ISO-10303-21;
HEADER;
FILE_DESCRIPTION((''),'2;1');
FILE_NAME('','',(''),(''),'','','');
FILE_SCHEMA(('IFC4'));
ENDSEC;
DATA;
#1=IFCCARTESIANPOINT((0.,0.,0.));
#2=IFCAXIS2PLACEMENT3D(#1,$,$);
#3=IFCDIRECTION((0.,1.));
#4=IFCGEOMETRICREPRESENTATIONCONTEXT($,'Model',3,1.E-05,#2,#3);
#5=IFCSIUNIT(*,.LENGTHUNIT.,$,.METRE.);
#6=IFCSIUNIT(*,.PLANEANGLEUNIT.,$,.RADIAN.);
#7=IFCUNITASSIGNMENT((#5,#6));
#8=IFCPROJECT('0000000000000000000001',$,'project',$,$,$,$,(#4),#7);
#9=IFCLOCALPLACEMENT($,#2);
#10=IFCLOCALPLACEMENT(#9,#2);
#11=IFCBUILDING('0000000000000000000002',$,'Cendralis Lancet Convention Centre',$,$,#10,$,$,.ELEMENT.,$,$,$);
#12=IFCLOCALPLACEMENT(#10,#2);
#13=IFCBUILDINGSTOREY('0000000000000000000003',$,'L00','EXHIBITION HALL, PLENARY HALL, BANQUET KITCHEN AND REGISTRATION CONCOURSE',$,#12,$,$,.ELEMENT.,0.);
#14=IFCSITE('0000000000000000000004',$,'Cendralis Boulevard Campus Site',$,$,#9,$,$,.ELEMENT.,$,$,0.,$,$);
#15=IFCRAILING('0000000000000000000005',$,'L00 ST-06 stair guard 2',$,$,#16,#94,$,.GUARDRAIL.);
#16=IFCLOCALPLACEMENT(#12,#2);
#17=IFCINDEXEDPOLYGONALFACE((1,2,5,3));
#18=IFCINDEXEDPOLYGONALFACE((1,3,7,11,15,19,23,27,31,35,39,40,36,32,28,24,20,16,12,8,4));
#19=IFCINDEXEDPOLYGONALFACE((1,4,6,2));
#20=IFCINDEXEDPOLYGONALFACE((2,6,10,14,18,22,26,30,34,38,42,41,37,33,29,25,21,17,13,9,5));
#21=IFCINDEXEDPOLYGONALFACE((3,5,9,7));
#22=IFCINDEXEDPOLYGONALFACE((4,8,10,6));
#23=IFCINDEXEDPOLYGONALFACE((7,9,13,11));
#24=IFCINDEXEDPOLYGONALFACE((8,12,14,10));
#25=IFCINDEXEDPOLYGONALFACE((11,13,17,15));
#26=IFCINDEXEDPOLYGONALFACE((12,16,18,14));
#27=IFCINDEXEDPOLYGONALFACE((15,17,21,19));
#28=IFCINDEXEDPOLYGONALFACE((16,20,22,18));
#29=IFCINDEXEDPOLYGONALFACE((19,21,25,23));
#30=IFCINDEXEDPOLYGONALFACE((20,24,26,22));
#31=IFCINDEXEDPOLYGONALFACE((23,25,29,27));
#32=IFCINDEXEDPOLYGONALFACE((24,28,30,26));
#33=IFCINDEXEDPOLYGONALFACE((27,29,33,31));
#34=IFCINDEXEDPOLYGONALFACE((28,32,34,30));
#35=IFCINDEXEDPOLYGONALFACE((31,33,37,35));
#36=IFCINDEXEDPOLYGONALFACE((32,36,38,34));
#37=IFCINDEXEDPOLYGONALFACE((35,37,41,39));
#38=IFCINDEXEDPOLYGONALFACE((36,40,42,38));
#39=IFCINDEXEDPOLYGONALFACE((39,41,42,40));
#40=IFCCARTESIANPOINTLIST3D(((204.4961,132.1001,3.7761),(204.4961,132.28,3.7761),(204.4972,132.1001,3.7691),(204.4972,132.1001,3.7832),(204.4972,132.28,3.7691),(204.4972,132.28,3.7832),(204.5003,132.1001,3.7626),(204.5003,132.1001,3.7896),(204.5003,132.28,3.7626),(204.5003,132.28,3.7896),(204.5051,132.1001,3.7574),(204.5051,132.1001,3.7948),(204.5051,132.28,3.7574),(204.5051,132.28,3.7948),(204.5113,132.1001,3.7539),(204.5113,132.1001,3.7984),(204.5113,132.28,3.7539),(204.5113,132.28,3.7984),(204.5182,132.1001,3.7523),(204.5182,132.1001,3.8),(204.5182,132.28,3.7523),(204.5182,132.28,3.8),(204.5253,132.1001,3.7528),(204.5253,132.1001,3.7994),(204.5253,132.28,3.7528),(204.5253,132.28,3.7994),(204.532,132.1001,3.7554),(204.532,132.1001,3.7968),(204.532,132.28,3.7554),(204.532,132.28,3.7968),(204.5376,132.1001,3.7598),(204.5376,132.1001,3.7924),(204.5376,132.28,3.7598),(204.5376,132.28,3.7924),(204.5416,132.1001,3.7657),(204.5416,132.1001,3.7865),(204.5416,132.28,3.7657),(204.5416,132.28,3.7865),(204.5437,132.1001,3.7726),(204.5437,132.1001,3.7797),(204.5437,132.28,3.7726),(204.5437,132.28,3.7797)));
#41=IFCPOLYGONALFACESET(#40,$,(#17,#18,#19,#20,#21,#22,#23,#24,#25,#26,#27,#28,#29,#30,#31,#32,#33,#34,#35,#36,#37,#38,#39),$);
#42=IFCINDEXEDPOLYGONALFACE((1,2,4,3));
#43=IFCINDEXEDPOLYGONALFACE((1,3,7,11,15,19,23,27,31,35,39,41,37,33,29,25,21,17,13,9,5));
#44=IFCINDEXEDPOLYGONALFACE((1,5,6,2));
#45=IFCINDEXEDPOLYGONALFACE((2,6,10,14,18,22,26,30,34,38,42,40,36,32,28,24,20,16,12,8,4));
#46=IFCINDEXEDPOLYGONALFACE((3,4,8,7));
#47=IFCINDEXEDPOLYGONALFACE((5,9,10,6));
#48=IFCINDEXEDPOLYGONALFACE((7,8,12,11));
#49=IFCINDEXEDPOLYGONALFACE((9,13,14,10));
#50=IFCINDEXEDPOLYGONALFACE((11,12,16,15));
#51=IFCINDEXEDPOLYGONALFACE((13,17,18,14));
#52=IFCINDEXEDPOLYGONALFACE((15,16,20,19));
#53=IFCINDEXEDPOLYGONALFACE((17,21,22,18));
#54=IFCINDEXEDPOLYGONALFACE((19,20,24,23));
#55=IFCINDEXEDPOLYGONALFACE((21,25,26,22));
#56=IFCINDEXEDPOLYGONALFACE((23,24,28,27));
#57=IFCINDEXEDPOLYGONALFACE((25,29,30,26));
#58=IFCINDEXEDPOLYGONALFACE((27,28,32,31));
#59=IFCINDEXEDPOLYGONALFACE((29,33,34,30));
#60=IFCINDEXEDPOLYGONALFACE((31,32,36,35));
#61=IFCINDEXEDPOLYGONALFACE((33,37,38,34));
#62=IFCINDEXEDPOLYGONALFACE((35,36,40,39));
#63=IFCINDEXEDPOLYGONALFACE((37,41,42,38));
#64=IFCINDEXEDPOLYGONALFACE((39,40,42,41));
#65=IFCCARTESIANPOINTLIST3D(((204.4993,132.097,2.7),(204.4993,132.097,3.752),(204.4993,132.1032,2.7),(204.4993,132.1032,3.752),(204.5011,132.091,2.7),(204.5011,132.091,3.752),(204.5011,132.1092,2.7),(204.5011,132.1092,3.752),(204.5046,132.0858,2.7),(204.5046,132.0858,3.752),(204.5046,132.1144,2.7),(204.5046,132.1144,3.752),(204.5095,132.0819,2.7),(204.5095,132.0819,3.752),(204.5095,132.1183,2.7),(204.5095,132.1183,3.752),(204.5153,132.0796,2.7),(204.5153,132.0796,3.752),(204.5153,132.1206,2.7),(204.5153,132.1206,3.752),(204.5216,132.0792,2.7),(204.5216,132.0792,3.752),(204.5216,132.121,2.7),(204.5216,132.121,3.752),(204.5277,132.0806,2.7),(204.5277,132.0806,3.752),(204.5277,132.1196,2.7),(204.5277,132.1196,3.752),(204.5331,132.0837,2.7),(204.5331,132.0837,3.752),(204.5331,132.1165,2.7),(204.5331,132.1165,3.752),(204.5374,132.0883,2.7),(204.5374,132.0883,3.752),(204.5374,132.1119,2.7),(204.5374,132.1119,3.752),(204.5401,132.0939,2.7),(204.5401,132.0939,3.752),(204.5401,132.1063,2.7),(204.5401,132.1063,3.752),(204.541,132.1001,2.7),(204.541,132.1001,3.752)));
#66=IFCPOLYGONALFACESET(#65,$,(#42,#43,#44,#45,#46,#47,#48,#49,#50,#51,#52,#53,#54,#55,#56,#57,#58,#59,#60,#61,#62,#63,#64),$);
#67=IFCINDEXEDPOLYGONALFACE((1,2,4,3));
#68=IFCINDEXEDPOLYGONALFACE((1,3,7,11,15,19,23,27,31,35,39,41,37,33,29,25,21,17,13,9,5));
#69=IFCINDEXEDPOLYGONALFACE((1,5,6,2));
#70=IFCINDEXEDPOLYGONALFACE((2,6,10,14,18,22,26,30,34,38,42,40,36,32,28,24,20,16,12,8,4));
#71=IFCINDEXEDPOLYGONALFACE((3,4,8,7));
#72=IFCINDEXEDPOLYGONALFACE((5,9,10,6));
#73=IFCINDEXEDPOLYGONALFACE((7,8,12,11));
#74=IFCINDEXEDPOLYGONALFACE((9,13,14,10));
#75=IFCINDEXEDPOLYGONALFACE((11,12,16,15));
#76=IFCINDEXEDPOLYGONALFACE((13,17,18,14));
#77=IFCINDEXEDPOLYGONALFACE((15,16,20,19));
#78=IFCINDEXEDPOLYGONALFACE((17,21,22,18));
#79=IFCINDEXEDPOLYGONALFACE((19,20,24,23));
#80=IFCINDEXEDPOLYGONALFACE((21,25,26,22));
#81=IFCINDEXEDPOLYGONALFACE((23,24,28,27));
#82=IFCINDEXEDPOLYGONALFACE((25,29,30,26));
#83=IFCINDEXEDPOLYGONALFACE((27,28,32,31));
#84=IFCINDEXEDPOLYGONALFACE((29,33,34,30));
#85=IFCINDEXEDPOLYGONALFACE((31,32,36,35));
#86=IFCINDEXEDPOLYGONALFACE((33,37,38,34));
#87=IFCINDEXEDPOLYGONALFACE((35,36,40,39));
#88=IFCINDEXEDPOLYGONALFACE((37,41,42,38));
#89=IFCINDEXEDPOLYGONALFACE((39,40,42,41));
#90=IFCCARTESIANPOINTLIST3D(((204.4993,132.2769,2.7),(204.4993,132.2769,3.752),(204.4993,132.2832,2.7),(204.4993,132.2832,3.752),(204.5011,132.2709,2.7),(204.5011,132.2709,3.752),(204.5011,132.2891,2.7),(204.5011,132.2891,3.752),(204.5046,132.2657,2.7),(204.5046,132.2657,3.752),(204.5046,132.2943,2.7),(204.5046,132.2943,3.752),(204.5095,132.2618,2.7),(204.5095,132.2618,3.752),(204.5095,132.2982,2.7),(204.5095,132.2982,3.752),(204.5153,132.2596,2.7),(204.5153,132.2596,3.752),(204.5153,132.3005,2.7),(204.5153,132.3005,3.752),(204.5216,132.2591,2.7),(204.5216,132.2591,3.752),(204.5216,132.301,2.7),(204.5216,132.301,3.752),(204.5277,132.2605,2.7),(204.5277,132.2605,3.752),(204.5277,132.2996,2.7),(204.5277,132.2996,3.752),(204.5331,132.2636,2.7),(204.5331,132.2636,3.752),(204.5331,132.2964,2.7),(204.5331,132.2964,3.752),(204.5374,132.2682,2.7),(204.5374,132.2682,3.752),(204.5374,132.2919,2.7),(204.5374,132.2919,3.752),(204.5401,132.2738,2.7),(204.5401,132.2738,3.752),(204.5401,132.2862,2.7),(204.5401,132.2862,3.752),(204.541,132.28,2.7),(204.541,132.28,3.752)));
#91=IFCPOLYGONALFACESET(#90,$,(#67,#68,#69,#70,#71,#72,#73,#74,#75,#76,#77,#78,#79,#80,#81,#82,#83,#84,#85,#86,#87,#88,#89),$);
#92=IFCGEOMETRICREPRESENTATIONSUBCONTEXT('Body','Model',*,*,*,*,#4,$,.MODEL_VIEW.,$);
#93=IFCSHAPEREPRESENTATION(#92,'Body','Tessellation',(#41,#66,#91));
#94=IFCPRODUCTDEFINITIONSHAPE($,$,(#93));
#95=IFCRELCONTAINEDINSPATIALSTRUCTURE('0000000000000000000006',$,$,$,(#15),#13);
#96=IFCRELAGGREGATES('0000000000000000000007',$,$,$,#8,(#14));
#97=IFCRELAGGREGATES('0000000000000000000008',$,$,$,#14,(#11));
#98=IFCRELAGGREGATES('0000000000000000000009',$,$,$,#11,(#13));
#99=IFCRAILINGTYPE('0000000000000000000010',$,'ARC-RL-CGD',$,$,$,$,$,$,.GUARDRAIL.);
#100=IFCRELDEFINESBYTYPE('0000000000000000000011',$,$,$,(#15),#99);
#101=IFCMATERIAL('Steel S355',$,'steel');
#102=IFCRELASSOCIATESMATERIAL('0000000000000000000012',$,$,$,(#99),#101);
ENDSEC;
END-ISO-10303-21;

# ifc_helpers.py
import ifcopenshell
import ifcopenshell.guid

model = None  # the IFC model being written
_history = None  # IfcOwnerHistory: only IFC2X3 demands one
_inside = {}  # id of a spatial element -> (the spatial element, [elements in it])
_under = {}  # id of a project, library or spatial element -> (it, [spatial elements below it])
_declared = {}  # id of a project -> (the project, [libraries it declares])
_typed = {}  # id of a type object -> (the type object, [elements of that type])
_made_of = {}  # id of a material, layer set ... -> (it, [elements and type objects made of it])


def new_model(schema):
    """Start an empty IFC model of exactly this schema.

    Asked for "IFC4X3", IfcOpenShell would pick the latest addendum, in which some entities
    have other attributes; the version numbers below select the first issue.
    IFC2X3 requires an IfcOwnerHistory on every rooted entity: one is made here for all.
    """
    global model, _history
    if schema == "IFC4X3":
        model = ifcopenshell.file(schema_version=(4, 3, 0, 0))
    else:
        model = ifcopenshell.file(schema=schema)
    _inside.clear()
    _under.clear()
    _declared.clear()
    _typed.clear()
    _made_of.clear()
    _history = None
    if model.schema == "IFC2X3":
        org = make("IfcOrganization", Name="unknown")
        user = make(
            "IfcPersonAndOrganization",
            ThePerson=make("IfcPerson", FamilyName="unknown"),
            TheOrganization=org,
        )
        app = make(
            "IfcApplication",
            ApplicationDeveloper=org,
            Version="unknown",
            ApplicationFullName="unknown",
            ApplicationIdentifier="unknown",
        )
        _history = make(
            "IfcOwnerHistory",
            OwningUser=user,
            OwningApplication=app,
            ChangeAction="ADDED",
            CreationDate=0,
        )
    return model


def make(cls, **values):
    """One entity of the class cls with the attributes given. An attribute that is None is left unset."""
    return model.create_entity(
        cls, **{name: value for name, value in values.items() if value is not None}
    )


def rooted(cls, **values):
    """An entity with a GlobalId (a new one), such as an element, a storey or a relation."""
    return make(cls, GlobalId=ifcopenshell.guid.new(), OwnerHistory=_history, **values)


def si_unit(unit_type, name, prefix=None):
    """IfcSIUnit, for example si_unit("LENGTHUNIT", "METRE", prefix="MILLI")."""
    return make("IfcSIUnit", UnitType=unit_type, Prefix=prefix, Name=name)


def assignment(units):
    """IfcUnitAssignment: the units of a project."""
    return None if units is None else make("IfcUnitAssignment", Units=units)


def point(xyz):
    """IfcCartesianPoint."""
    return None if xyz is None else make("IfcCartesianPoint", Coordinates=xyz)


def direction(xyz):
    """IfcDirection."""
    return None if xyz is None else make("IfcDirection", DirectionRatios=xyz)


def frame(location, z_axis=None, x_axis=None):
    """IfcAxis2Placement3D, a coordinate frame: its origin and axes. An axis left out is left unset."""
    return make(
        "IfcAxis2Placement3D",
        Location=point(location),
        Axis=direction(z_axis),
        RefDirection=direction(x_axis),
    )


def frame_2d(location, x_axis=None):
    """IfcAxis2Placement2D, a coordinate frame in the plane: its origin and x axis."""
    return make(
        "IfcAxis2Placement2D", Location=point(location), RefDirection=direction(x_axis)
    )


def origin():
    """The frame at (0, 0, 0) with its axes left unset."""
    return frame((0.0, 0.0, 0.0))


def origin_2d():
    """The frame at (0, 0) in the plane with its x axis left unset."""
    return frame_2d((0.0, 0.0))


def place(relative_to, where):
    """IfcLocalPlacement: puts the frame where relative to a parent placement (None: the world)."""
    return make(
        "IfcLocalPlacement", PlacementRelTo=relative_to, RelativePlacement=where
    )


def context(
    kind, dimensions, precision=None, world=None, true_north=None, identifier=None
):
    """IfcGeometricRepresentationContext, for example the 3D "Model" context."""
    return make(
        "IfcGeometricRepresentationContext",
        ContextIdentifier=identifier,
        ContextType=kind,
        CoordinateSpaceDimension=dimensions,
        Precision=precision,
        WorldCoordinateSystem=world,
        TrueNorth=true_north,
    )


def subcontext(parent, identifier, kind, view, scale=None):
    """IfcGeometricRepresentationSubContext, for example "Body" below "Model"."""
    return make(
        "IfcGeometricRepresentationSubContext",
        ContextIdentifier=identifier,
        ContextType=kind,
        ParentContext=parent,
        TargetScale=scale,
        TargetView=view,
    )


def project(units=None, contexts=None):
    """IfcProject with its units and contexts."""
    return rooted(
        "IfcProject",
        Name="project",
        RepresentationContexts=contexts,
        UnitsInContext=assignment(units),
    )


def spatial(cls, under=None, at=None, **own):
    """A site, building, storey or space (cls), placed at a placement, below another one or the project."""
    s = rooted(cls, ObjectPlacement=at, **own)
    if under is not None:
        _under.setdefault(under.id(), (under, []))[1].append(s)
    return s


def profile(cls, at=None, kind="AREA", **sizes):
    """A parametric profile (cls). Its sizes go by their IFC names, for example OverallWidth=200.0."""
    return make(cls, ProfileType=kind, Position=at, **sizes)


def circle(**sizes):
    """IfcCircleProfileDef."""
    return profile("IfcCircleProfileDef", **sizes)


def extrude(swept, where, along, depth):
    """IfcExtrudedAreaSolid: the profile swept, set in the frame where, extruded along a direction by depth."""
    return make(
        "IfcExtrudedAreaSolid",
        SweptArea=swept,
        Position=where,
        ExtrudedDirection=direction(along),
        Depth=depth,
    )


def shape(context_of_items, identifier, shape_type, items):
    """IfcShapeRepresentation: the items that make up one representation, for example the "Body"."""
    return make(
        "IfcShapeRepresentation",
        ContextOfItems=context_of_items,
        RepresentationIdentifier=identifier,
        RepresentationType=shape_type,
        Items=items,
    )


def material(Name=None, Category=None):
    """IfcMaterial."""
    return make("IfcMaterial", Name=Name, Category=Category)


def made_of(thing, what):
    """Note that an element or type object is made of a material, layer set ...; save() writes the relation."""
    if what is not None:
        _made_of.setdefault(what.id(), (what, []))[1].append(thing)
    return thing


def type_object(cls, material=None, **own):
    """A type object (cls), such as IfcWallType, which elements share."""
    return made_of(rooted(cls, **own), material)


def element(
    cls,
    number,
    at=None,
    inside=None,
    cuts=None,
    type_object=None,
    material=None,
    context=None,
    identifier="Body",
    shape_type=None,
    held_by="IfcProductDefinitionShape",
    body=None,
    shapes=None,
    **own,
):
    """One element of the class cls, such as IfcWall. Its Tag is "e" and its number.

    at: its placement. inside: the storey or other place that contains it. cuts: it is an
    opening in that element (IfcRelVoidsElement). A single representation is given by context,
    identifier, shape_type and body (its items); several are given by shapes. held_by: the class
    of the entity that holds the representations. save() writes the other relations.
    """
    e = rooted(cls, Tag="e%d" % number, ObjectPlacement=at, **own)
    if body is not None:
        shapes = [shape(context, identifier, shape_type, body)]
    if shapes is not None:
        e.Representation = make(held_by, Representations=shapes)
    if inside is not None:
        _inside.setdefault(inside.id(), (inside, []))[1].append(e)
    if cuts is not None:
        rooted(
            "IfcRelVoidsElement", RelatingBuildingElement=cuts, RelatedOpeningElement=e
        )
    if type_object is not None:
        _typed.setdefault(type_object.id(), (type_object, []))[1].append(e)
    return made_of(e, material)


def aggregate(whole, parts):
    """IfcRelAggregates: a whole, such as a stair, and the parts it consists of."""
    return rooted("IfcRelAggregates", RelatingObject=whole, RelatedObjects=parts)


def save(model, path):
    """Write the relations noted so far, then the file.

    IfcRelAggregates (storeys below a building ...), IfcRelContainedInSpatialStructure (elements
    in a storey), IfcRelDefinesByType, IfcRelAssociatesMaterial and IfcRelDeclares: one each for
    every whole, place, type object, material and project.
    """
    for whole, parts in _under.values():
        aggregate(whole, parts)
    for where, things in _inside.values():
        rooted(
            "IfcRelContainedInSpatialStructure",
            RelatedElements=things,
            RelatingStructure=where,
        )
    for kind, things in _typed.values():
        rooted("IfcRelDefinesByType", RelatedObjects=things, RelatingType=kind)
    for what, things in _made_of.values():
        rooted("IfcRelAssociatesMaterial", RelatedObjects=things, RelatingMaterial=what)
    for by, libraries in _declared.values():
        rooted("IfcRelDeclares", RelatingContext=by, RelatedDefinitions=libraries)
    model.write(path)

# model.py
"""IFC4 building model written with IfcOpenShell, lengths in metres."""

from ifc_helpers import new_model, si_unit, direction, frame, origin, origin_2d, place, context, subcontext, project, spatial, circle, extrude, material, type_object, element, save


model = new_model("IFC4")

# Units and contexts
model_context = context("Model", 3, precision=1e-05, world=origin(), true_north=direction((0.0, 1.0)))
body_context = subcontext(model_context, "Body", "Model", "MODEL_VIEW")
ifc_project = project(units=[si_unit("LENGTHUNIT", "METRE"), si_unit("PLANEANGLEUNIT", "RADIAN")], contexts=[model_context])

# Site, building, storey
site_placement = place(None, origin())
site = spatial("IfcSite", under=ifc_project, at=site_placement, Name="Cendralis Boulevard Campus Site", CompositionType="ELEMENT", RefElevation=0.0)
building_placement = place(site_placement, origin())
building = spatial("IfcBuilding", under=site, at=building_placement, Name="Cendralis Lancet Convention Centre", CompositionType="ELEMENT")
storey_placement = place(building_placement, origin())
storey = spatial("IfcBuildingStorey", under=building, at=storey_placement, Name="L00", Description="EXHIBITION HALL, PLENARY HALL, BANQUET KITCHEN AND REGISTRATION CONCOURSE", CompositionType="ELEMENT", Elevation=0.0)

# Railing
ifc_material_1 = material(Name="Steel S355", Category="steel")
railing_type_1 = type_object("IfcRailingType", Name="ARC-RL-CGD", PredefinedType="GUARDRAIL", material=ifc_material_1)
railing_1_placement = place(storey_placement, frame((204.52, 132.1001, 2.7)))
element("IfcRailing", 1, at=railing_1_placement, inside=storey, type_object=railing_type_1, Name="L00 ST-06 stair guard 2", PredefinedType="GUARDRAIL", context=body_context, shape_type="SweptSolid", body=[
    extrude(circle(Radius=0.0239, at=origin_2d()), frame((0.0, 0.0, 1.0762), z_axis=(0.0, 1.0, 0.0), x_axis=(-1.0, 0.0, 0.0)), (0.0, 0.0, 1.0), 0.1799),
    extrude(circle(Radius=0.021, at=origin_2d()), origin(), (0.0, 0.0, 1.0), 1.052),
    extrude(circle(Radius=0.021, at=origin_2d()), frame((0.0, 0.1799, 0.0)), (0.0, 0.0, 1.0), 1.052),
])

save(model, "model.ifc")
